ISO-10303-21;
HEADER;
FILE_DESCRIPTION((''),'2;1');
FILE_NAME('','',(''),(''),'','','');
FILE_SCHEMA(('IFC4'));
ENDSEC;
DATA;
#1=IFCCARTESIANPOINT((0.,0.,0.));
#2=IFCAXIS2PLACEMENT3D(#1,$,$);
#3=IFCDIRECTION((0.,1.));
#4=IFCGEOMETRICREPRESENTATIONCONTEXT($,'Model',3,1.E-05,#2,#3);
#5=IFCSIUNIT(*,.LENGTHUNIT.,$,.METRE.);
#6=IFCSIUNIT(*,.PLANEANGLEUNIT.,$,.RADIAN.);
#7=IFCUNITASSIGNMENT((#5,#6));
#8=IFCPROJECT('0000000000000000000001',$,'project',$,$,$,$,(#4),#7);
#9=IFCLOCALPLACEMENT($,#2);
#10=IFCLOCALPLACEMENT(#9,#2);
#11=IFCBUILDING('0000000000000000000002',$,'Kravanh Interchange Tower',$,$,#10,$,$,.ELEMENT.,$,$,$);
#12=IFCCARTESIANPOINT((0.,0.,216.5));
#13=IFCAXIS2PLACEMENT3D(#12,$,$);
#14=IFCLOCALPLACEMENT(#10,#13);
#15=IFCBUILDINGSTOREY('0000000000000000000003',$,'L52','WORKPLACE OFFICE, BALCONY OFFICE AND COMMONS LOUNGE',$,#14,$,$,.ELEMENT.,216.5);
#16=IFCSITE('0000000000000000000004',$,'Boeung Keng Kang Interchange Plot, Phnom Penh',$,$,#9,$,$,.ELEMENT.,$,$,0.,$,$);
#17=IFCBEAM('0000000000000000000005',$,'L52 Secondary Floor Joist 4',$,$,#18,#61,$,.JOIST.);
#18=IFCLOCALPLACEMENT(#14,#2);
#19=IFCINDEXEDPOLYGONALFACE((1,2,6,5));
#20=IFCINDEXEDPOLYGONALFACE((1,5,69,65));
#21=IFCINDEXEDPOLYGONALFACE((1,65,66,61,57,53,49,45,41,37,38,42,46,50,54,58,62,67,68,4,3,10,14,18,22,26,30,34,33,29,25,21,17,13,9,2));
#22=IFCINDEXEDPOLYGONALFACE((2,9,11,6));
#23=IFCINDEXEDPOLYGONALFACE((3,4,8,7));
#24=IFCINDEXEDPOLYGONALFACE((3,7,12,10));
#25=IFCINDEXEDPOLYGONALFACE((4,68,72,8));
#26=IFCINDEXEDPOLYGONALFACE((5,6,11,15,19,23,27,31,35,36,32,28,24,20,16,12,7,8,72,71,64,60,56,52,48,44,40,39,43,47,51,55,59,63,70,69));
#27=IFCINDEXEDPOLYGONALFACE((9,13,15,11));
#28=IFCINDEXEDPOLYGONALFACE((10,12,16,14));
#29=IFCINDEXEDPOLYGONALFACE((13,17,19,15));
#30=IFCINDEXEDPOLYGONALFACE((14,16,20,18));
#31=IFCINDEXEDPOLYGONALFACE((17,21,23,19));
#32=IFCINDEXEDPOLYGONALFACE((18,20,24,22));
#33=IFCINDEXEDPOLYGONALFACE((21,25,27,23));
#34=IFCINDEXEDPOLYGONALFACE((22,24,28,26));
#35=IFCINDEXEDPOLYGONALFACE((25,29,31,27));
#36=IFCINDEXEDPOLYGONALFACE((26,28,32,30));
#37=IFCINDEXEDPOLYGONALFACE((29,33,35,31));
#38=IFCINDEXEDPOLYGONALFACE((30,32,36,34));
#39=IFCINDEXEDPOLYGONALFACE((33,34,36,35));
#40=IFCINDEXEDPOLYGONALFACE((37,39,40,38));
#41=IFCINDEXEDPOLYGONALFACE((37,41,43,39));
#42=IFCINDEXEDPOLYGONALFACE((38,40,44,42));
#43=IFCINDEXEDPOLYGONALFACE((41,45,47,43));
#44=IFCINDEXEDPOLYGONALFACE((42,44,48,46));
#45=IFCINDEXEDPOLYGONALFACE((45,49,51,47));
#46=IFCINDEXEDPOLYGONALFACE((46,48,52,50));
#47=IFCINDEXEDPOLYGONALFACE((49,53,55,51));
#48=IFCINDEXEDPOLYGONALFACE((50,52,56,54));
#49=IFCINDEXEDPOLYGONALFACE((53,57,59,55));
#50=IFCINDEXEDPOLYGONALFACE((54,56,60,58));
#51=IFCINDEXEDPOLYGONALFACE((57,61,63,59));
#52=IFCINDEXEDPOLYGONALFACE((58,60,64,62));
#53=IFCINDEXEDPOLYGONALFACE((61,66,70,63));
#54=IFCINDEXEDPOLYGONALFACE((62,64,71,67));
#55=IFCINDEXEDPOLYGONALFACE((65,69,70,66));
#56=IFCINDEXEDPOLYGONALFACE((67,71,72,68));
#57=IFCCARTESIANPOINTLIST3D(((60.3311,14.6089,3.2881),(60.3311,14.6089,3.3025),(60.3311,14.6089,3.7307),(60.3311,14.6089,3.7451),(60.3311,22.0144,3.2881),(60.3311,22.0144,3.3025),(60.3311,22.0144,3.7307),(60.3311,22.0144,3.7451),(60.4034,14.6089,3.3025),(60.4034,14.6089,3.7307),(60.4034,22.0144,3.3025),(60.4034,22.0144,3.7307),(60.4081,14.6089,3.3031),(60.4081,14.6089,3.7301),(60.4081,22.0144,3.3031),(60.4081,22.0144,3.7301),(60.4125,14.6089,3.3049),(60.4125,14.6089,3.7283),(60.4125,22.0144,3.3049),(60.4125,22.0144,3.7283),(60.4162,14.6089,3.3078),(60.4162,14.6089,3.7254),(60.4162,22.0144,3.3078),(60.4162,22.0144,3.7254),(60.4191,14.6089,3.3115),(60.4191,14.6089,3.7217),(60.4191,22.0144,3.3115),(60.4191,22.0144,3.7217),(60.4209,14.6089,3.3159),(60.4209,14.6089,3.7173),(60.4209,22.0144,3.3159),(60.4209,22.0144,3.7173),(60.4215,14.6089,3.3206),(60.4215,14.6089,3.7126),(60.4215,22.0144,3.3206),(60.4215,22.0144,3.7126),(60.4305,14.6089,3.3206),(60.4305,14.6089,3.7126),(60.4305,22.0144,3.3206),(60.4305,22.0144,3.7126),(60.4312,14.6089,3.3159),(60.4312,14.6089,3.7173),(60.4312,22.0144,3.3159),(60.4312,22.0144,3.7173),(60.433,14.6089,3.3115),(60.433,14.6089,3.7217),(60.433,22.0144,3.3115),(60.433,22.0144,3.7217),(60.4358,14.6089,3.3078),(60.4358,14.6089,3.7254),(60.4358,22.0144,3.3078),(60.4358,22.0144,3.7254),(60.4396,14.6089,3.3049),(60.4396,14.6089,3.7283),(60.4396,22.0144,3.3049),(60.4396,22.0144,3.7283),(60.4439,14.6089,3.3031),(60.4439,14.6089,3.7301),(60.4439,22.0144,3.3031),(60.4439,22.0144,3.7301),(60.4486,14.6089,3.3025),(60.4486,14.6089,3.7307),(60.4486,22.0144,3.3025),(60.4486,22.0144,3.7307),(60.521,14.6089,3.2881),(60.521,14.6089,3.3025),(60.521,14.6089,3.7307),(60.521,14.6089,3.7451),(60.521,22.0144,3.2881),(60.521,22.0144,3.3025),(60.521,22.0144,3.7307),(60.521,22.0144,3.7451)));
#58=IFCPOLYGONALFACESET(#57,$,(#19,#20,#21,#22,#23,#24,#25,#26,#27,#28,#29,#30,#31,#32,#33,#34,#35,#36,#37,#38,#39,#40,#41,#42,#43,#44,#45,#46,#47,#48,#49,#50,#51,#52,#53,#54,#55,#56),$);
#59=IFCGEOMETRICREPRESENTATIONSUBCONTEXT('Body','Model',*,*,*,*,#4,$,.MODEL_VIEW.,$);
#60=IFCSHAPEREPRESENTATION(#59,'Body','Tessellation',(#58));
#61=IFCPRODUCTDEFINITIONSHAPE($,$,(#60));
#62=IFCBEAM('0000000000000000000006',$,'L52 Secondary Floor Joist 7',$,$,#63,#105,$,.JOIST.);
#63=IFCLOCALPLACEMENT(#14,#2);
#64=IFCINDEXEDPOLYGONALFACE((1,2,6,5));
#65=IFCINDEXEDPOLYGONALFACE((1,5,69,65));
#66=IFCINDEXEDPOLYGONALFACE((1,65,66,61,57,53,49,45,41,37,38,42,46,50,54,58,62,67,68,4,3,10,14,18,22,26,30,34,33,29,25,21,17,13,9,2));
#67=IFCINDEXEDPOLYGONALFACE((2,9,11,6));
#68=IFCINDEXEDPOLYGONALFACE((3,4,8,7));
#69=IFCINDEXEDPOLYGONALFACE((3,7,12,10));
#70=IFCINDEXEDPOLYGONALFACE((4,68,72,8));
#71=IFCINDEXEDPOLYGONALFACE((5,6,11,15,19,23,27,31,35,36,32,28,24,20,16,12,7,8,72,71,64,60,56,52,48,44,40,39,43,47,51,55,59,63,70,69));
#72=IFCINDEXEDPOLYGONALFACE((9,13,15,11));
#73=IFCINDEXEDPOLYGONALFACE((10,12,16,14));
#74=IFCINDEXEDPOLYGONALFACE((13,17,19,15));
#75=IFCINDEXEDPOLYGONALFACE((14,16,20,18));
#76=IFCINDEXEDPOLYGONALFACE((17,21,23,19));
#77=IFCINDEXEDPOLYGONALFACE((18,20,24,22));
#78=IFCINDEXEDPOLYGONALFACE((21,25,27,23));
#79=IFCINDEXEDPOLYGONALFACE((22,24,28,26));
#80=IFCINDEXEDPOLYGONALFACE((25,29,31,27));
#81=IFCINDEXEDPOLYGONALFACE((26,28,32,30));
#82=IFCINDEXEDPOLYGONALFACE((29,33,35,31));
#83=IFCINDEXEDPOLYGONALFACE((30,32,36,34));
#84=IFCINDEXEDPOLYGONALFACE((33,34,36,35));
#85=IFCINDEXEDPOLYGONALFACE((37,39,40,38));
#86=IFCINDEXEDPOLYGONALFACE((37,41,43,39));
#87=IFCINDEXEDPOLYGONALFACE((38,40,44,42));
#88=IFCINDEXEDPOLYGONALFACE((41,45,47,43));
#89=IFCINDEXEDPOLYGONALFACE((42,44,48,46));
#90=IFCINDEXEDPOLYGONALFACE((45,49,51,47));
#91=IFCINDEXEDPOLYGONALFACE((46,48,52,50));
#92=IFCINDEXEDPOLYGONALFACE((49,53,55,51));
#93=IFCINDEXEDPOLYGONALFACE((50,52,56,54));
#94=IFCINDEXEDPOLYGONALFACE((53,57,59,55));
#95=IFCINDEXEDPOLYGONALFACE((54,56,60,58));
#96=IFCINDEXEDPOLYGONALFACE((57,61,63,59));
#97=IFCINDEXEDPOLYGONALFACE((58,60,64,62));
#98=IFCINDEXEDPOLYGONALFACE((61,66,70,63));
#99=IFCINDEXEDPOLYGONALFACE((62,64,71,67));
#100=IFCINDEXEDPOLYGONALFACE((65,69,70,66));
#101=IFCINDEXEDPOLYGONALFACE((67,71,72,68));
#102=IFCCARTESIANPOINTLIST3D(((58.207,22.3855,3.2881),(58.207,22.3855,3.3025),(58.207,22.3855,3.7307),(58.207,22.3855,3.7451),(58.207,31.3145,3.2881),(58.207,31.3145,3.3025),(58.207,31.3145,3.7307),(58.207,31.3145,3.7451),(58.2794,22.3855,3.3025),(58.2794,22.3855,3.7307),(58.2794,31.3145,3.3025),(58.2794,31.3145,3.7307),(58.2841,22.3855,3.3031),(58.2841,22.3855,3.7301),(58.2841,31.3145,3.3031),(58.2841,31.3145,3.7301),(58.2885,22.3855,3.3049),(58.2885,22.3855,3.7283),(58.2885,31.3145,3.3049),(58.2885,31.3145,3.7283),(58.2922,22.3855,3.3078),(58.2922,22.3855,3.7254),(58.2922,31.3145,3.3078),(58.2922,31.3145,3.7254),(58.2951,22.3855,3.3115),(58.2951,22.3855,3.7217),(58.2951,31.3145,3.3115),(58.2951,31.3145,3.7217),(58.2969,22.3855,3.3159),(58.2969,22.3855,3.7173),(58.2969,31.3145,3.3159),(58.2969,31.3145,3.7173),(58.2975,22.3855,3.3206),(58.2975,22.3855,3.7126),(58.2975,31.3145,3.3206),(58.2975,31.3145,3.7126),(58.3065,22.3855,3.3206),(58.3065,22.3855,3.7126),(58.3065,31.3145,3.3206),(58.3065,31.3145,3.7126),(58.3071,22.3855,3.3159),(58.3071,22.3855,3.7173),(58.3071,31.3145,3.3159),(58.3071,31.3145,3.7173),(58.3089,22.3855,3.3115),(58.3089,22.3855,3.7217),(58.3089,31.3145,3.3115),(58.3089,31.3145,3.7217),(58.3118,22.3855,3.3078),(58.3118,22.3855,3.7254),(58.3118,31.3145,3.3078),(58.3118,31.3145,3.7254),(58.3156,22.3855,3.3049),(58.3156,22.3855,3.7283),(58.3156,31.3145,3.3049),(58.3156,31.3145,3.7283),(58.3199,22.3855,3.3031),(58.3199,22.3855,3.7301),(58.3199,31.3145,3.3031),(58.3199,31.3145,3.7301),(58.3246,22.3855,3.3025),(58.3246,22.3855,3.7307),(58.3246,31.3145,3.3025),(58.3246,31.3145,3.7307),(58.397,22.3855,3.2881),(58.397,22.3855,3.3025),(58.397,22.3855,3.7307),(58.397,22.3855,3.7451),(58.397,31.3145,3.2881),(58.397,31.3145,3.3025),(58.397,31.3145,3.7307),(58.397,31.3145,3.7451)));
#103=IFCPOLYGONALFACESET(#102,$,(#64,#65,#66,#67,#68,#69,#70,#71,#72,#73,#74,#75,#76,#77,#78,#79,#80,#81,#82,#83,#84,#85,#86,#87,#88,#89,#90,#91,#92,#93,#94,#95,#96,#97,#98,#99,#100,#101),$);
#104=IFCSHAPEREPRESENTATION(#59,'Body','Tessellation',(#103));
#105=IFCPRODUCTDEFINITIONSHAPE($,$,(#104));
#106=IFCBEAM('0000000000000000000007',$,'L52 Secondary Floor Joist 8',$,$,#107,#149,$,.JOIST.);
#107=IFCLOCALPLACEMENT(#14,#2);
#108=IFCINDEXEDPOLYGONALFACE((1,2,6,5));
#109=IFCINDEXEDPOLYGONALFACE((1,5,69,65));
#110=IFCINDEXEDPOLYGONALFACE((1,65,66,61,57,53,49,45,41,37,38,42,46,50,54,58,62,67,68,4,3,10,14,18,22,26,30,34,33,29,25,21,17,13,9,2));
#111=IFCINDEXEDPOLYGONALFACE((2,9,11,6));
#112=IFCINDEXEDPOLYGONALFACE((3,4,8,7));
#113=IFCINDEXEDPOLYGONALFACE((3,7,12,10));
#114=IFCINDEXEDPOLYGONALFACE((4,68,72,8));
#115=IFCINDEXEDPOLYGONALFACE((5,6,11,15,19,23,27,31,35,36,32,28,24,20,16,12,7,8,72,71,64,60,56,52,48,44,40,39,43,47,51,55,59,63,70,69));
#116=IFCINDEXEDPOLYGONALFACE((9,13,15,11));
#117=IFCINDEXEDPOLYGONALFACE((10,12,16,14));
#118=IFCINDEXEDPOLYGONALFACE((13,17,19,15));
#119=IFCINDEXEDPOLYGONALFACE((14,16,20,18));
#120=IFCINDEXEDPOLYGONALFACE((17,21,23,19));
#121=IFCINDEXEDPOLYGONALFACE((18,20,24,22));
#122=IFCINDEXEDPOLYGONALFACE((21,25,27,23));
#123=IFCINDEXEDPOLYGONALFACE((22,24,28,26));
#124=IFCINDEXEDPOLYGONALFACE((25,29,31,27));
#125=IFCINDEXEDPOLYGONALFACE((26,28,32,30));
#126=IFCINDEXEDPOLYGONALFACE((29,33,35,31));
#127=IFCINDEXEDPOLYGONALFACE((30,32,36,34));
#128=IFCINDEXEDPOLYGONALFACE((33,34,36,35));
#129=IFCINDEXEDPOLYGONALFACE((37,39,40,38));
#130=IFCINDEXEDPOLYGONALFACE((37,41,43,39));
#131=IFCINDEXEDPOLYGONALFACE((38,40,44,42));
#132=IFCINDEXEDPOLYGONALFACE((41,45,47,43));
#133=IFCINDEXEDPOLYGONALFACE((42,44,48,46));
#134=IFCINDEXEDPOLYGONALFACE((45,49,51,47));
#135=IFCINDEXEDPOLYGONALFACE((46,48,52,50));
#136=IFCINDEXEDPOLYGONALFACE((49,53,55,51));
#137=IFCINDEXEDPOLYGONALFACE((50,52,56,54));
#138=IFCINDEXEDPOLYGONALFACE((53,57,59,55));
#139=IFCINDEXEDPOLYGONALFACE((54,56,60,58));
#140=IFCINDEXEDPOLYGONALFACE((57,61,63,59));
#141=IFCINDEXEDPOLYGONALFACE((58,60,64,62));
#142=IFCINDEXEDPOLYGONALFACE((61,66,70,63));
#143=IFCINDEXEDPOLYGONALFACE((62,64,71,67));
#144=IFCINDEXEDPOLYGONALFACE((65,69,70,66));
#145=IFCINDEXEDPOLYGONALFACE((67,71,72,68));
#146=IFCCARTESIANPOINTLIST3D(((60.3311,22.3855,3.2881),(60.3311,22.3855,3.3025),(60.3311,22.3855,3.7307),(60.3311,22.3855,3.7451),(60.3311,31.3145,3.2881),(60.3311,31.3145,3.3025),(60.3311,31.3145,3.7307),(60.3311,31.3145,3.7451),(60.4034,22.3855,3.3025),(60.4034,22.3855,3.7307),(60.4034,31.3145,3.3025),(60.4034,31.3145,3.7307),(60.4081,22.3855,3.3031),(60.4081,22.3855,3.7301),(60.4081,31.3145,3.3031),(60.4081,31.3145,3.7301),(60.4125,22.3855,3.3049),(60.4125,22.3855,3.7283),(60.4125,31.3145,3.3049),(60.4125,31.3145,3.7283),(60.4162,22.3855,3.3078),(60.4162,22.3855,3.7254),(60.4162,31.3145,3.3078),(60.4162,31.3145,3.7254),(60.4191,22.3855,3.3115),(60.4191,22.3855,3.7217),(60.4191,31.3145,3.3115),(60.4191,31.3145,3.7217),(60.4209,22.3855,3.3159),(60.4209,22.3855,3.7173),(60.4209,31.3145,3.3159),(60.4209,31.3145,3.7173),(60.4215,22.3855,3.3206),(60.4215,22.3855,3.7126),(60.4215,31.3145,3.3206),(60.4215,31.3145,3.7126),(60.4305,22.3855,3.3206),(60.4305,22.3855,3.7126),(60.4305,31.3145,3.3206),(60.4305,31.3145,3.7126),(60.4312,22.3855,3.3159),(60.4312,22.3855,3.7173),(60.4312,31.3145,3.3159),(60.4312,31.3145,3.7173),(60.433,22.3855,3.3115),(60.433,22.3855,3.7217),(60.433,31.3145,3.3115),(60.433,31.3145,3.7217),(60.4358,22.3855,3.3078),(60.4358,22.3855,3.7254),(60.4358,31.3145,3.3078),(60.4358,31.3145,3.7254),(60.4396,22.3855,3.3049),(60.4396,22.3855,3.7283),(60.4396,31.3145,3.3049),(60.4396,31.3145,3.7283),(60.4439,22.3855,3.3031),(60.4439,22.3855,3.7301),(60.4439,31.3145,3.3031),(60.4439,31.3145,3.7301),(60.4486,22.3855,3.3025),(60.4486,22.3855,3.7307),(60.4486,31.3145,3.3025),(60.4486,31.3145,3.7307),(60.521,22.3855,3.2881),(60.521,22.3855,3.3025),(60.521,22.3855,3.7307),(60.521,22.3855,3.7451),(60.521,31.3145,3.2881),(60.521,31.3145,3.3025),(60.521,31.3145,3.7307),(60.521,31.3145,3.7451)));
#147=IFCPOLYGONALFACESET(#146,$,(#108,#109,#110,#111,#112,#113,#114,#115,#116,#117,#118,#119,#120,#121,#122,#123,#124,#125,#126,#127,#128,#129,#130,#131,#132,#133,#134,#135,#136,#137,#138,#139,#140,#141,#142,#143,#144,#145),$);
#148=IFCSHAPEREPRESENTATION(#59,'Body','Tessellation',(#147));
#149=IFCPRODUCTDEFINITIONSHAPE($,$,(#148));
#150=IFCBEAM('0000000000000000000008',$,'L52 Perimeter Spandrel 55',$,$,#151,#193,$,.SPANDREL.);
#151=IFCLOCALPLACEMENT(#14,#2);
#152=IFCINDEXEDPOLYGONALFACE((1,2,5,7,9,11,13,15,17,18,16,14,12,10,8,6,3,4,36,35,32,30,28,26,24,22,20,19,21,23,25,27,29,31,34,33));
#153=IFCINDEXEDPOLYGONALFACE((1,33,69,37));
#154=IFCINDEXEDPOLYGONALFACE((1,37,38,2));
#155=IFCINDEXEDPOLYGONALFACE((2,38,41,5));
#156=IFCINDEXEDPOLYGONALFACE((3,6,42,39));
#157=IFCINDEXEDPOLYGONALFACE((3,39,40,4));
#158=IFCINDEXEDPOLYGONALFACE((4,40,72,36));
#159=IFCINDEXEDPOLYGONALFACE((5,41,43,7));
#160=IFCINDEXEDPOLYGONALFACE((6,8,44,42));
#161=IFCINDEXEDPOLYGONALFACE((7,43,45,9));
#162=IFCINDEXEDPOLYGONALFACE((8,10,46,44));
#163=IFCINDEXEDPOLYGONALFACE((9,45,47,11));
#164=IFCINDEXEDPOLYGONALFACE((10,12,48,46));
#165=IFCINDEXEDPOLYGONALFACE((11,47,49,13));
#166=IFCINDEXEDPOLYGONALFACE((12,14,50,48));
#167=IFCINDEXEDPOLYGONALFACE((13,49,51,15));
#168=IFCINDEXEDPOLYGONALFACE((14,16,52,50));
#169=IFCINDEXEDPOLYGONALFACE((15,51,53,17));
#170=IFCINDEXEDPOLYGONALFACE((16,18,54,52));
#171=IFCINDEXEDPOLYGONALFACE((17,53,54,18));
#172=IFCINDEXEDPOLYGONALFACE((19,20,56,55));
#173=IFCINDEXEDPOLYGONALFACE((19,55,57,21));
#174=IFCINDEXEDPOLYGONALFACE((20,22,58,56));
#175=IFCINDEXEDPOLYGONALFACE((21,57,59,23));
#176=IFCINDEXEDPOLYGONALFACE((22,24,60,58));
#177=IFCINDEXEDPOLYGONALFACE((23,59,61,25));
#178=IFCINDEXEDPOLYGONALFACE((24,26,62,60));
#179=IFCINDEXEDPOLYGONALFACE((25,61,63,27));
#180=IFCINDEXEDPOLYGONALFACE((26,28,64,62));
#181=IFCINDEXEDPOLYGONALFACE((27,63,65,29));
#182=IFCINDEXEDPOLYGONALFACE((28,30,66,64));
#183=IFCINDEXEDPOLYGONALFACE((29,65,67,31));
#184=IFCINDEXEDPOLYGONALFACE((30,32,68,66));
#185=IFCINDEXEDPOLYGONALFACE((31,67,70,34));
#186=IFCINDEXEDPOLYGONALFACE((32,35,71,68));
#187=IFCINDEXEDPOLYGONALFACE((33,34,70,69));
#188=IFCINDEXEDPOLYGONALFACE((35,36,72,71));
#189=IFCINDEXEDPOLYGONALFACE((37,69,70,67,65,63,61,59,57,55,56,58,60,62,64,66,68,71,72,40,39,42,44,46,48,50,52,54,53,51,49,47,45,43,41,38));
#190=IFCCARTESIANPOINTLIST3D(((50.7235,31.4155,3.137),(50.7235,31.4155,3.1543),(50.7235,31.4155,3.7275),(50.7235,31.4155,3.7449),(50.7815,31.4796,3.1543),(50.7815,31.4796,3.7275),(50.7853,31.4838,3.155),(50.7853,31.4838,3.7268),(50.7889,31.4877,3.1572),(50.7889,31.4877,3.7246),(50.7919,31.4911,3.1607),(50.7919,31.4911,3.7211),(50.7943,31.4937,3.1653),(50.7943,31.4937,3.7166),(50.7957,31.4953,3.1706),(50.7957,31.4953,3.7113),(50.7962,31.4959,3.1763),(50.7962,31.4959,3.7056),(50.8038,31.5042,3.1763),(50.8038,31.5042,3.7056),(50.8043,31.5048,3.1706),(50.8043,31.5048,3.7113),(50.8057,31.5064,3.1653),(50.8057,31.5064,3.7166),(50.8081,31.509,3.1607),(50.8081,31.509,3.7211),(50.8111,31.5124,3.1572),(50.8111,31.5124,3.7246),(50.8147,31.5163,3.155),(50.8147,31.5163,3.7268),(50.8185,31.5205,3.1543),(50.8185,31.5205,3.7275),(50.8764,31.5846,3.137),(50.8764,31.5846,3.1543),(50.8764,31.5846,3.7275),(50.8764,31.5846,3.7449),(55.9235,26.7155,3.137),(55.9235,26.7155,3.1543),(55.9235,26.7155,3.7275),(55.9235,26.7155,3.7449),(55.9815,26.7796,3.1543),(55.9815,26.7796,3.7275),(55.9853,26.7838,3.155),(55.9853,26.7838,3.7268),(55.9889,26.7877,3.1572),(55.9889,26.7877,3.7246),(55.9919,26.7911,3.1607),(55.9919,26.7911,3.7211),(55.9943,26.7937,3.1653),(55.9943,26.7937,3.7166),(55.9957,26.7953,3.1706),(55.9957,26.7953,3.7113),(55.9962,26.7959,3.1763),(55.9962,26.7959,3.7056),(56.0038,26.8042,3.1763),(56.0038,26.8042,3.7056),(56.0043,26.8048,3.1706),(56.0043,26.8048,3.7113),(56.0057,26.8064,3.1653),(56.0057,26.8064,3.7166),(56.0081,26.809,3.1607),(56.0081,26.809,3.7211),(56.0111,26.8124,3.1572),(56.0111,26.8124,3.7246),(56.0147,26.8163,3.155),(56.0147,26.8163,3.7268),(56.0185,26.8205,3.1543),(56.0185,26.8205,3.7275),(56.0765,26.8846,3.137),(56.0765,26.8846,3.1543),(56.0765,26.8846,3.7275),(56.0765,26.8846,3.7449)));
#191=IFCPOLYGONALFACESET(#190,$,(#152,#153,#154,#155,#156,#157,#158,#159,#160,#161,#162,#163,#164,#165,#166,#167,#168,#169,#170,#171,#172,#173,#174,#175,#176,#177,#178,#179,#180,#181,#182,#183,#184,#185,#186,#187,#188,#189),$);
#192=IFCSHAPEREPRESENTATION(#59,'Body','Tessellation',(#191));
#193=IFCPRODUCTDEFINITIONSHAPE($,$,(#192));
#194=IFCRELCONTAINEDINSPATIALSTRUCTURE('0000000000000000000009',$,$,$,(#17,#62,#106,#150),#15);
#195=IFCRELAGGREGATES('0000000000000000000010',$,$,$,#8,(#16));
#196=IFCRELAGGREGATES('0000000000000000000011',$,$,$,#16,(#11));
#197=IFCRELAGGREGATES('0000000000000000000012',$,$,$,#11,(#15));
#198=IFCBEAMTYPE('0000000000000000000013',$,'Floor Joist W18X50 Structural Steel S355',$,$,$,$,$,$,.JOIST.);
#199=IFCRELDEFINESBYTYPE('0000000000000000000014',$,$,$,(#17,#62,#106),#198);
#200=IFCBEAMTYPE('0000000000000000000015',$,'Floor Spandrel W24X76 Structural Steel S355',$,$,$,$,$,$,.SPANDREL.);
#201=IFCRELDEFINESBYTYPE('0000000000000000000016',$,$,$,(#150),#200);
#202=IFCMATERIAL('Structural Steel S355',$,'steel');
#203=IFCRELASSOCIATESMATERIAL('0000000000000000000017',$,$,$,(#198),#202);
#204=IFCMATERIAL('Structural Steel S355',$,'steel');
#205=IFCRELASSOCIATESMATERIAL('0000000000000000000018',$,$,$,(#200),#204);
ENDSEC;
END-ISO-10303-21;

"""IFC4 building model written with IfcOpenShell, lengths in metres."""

from ifc_helpers import new_model, si_unit, direction, frame, origin, origin_2d, place, context, subcontext, project, spatial, i_section, extrude, material, material_profile, profile_set, type_object, element, save


model = new_model("IFC4")

# Units and contexts
model_context = context("Model", 3, precision=1e-05, world=origin(), true_north=direction((0.0, 1.0)))
body_context = subcontext(model_context, "Body", "Model", "MODEL_VIEW")
ifc_project = project(units=[si_unit("LENGTHUNIT", "METRE"), si_unit("PLANEANGLEUNIT", "RADIAN")], contexts=[model_context])

# Site, building, storey
site_placement = place(None, origin())
site = spatial("IfcSite", under=ifc_project, at=site_placement, Name="Boeung Keng Kang Interchange Plot, Phnom Penh", CompositionType="ELEMENT", RefElevation=0.0)
building_placement = place(site_placement, origin())
building = spatial("IfcBuilding", under=site, at=building_placement, Name="Kravanh Interchange Tower", CompositionType="ELEMENT")
storey_placement = place(building_placement, frame((0.0, 0.0, 216.5)))
storey = spatial("IfcBuildingStorey", under=building, at=storey_placement, Name="L52", Description="WORKPLACE OFFICE, BALCONY OFFICE AND COMMONS LOUNGE", CompositionType="ELEMENT", Elevation=216.5)

# Beams
ifc_material_1 = material(Name="Structural Steel S355", Category="steel")
ifc_material_profile_1 = material_profile(ifc_material_1, i_section(OverallWidth=0.1899, OverallDepth=0.457, WebThickness=0.009, FlangeThickness=0.0144, FilletRadius=0.0181, at=origin_2d()), Name="W18X50")
ifc_profile_set_1 = profile_set([ifc_material_profile_1], Name="Structural Steel S355")
beam_type_1 = type_object("IfcBeamType", Name="Floor Joist W18X50 Structural Steel S355", PredefinedType="JOIST", material=ifc_profile_set_1)
for number, where, z_axis, x_axis, name in (
    (1, (60.426, 14.6089, 3.5166), (0.0, 1.0, 0.0), (-1.0, 0.0, 0.0), "L52 Secondary Floor Joist 4"),
):
    element("IfcBeam", number, at=place(storey_placement, frame(where, z_axis=z_axis, x_axis=x_axis)), inside=storey, type_object=beam_type_1, Name=name, PredefinedType="JOIST", context=body_context, shape_type="SweptSolid", body=[
        extrude(i_section(OverallWidth=0.1899, OverallDepth=0.457, WebThickness=0.009, FlangeThickness=0.0144, FilletRadius=0.0181, at=origin_2d()), origin(), (0.0, 0.0, 1.0), 7.4055),
    ])
for number, where, z_axis, x_axis, name in (
    (2, (58.302, 22.3855, 3.5166), (0.0, 1.0, 0.0), (-1.0, 0.0, 0.0), "L52 Secondary Floor Joist 7"),
    (3, (60.426, 22.3855, 3.5166), (0.0, 1.0, 0.0), (-1.0, 0.0, 0.0), "L52 Secondary Floor Joist 8"),
):
    element("IfcBeam", number, at=place(storey_placement, frame(where, z_axis=z_axis, x_axis=x_axis)), inside=storey, type_object=beam_type_1, Name=name, PredefinedType="JOIST", context=body_context, shape_type="SweptSolid", body=[
        extrude(i_section(OverallWidth=0.1899, OverallDepth=0.457, WebThickness=0.009, FlangeThickness=0.0144, FilletRadius=0.0181, at=origin_2d()), origin(), (0.0, 0.0, 1.0), 8.929),
    ])
ifc_material_2 = material(Name="Structural Steel S355", Category="steel")
ifc_material_profile_2 = material_profile(ifc_material_2, i_section(OverallWidth=0.228, OverallDepth=0.6079, WebThickness=0.0112, FlangeThickness=0.0173, FilletRadius=0.022, at=origin_2d()), Name="W24X76")
ifc_profile_set_2 = profile_set([ifc_material_profile_2], Name="Structural Steel S355")
beam_type_2 = type_object("IfcBeamType", Name="Floor Spandrel W24X76 Structural Steel S355", PredefinedType="SPANDREL", material=ifc_profile_set_2)
beam_1_placement = place(storey_placement, frame((56.0, 26.8, 3.4409), z_axis=(-0.741874, 0.670539, 0.0), x_axis=(-0.670539, -0.741874, 0.0)))
element("IfcBeam", 4, at=beam_1_placement, inside=storey, type_object=beam_type_2, Name="L52 Perimeter Spandrel 55", PredefinedType="SPANDREL", context=body_context, shape_type="SweptSolid", body=[
    extrude(i_section(OverallWidth=0.228, OverallDepth=0.6079, WebThickness=0.0112, FlangeThickness=0.0173, FilletRadius=0.022, at=origin_2d()), origin(), (0.0, 0.0, 1.0), 7.0093),
])

save(model, "model.ifc")
